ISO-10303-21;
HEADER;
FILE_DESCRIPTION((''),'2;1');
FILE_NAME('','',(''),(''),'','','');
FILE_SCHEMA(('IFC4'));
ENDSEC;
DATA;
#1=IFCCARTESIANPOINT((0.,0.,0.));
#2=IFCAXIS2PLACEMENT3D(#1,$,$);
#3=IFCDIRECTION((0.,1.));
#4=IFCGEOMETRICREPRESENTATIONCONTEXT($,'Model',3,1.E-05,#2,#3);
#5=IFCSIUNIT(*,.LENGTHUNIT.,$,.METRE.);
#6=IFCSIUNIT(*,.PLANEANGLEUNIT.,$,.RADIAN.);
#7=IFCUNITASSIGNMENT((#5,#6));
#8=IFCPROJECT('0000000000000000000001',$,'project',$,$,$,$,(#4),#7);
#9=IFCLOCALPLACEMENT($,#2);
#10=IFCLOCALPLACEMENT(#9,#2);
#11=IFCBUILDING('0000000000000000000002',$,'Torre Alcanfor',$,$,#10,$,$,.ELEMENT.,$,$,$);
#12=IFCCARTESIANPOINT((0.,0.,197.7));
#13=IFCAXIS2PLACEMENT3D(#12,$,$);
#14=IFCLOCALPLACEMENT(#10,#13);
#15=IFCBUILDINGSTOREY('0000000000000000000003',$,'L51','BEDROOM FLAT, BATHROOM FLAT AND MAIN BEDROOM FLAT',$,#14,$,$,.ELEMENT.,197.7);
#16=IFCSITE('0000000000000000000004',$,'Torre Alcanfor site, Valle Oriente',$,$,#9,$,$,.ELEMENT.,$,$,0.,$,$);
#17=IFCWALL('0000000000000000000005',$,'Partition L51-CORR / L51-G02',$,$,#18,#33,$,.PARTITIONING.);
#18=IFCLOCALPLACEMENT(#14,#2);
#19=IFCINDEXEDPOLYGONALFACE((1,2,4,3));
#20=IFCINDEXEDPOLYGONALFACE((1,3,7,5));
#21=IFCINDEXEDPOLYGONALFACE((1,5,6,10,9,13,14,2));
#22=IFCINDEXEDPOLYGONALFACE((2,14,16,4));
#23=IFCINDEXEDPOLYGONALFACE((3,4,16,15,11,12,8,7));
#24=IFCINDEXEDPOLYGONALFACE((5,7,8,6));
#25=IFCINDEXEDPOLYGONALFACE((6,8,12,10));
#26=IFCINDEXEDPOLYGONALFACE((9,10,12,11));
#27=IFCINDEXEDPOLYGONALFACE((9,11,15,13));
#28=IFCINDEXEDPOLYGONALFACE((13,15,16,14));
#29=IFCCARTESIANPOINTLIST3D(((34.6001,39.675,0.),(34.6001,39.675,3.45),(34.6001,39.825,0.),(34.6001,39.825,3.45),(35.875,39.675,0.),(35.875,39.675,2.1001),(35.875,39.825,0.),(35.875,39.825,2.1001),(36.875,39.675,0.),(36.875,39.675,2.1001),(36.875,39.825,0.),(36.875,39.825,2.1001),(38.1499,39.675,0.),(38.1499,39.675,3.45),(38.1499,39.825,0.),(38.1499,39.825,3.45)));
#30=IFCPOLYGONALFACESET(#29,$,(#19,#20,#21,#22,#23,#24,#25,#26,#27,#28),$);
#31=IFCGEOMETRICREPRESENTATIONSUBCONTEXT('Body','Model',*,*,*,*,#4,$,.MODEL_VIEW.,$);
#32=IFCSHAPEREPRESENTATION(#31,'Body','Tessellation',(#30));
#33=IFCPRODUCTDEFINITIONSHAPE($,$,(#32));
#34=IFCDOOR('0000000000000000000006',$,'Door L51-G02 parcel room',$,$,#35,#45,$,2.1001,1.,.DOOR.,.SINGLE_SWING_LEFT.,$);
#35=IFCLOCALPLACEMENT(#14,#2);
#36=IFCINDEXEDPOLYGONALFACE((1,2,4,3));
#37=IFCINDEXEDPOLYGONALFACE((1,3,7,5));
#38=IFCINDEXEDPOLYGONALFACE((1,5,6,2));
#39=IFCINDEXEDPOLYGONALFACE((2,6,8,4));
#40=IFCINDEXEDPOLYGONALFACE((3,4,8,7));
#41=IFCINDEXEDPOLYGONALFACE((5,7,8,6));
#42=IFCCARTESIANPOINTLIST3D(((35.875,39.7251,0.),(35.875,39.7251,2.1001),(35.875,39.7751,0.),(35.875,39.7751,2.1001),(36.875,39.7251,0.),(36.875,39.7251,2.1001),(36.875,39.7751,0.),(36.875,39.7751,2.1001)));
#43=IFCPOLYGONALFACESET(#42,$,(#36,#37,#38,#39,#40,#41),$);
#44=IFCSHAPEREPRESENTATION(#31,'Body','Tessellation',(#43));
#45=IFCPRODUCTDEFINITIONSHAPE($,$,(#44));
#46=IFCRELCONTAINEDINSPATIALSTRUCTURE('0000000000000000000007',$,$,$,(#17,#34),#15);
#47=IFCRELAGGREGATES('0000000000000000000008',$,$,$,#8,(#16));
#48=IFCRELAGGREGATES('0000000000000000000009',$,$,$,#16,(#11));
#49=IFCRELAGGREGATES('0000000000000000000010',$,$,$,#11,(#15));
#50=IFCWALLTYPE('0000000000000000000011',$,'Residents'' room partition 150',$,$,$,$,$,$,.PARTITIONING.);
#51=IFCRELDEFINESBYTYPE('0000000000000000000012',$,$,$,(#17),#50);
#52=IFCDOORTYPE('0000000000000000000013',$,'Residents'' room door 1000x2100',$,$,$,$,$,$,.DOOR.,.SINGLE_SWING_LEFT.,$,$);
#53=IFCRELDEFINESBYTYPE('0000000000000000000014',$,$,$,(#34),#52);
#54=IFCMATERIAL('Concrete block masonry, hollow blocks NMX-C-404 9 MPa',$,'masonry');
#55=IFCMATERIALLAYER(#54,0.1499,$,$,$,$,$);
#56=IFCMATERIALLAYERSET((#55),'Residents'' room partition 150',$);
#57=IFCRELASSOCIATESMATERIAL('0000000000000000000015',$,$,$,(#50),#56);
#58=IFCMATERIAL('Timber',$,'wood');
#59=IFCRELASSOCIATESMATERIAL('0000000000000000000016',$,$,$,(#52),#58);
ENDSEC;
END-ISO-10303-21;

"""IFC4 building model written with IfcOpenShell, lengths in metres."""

from ifc_helpers import new_model, si_unit, direction, frame, frame_2d, origin, place, context, subcontext, project, spatial, rectangle, extrude, material, layer, layer_set, type_object, element, fill, save


model = new_model("IFC4")

# Units and contexts
model_context = context("Model", 3, precision=1e-05, world=origin(), true_north=direction((0.0, 1.0)))
body_context = subcontext(model_context, "Body", "Model", "MODEL_VIEW")
ifc_project = project(units=[si_unit("LENGTHUNIT", "METRE"), si_unit("PLANEANGLEUNIT", "RADIAN")], contexts=[model_context])

# Site, building, storey
site_placement = place(None, origin())
site = spatial("IfcSite", under=ifc_project, at=site_placement, Name="Torre Alcanfor site, Valle Oriente", CompositionType="ELEMENT", RefElevation=0.0)
building_placement = place(site_placement, origin())
building = spatial("IfcBuilding", under=site, at=building_placement, Name="Torre Alcanfor", CompositionType="ELEMENT")
storey_placement = place(building_placement, frame((0.0, 0.0, 197.7)))
storey = spatial("IfcBuildingStorey", under=building, at=storey_placement, Name="L51", Description="BEDROOM FLAT, BATHROOM FLAT AND MAIN BEDROOM FLAT", CompositionType="ELEMENT", Elevation=197.7)

# Shared definitions
ifc_material_1 = material(Name="Concrete block masonry, hollow blocks NMX-C-404 9 MPa", Category="masonry")
ifc_layer_1 = layer(ifc_material_1, 0.1499)
ifc_layer_set_1 = layer_set([ifc_layer_1], Name="Residents' room partition 150")
wall_type_1 = type_object("IfcWallType", Name="Residents' room partition 150", PredefinedType="PARTITIONING", material=ifc_layer_set_1)

# Wall, opening, door
wall_1_placement = place(storey_placement, frame((38.1499, 39.75, 0.0), z_axis=(0.0, 0.0, 1.0), x_axis=(-1.0, 0.0, 0.0)))
wall_1 = element("IfcWall", 1, at=wall_1_placement, inside=storey, type_object=wall_type_1, Name="Partition L51-CORR / L51-G02", PredefinedType="PARTITIONING", context=body_context, shape_type="SweptSolid", body=[
    extrude(rectangle(XDim=3.5498, YDim=0.1499, at=frame_2d((1.7749, 0.0))), origin(), (0.0, 0.0, 1.0), 3.45),
])
opening_1_placement = place(wall_1_placement, frame((1.2749, 0.0, 0.0)))
opening_1 = element("IfcOpeningElement", 2, at=opening_1_placement, cuts=wall_1, PredefinedType="OPENING", context=body_context, shape_type="SweptSolid", body=[
    extrude(rectangle(XDim=1.0, YDim=2.1001, at=frame_2d((0.5, 1.05))), frame((0.0, 0.085, 0.0), z_axis=(0.0, -1.0, 0.0), x_axis=(1.0, 0.0, 0.0)), (0.0, 0.0, 1.0), 0.1699),
])
ifc_material_2 = material(Name="Timber", Category="wood")
door_type_1 = type_object("IfcDoorType", Name="Residents' room door 1000x2100", OperationType="SINGLE_SWING_LEFT", PredefinedType="DOOR", material=ifc_material_2)
door_1_placement = place(opening_1_placement, origin())
door_1 = element("IfcDoor", 3, at=door_1_placement, inside=storey, type_object=door_type_1, Name="Door L51-G02 parcel room", OperationType="SINGLE_SWING_LEFT", OverallHeight=2.1001, OverallWidth=1.0, PredefinedType="DOOR", context=body_context, shape_type="SweptSolid", body=[
    extrude(rectangle(XDim=1.0, YDim=2.1001, at=frame_2d((0.5, 1.05))), frame((0.0, 0.0249, 0.0), z_axis=(0.0, -1.0, 0.0), x_axis=(1.0, 0.0, 0.0)), (0.0, 0.0, 1.0), 0.05),
])
fill(opening_1, door_1)

save(model, "model.ifc")
